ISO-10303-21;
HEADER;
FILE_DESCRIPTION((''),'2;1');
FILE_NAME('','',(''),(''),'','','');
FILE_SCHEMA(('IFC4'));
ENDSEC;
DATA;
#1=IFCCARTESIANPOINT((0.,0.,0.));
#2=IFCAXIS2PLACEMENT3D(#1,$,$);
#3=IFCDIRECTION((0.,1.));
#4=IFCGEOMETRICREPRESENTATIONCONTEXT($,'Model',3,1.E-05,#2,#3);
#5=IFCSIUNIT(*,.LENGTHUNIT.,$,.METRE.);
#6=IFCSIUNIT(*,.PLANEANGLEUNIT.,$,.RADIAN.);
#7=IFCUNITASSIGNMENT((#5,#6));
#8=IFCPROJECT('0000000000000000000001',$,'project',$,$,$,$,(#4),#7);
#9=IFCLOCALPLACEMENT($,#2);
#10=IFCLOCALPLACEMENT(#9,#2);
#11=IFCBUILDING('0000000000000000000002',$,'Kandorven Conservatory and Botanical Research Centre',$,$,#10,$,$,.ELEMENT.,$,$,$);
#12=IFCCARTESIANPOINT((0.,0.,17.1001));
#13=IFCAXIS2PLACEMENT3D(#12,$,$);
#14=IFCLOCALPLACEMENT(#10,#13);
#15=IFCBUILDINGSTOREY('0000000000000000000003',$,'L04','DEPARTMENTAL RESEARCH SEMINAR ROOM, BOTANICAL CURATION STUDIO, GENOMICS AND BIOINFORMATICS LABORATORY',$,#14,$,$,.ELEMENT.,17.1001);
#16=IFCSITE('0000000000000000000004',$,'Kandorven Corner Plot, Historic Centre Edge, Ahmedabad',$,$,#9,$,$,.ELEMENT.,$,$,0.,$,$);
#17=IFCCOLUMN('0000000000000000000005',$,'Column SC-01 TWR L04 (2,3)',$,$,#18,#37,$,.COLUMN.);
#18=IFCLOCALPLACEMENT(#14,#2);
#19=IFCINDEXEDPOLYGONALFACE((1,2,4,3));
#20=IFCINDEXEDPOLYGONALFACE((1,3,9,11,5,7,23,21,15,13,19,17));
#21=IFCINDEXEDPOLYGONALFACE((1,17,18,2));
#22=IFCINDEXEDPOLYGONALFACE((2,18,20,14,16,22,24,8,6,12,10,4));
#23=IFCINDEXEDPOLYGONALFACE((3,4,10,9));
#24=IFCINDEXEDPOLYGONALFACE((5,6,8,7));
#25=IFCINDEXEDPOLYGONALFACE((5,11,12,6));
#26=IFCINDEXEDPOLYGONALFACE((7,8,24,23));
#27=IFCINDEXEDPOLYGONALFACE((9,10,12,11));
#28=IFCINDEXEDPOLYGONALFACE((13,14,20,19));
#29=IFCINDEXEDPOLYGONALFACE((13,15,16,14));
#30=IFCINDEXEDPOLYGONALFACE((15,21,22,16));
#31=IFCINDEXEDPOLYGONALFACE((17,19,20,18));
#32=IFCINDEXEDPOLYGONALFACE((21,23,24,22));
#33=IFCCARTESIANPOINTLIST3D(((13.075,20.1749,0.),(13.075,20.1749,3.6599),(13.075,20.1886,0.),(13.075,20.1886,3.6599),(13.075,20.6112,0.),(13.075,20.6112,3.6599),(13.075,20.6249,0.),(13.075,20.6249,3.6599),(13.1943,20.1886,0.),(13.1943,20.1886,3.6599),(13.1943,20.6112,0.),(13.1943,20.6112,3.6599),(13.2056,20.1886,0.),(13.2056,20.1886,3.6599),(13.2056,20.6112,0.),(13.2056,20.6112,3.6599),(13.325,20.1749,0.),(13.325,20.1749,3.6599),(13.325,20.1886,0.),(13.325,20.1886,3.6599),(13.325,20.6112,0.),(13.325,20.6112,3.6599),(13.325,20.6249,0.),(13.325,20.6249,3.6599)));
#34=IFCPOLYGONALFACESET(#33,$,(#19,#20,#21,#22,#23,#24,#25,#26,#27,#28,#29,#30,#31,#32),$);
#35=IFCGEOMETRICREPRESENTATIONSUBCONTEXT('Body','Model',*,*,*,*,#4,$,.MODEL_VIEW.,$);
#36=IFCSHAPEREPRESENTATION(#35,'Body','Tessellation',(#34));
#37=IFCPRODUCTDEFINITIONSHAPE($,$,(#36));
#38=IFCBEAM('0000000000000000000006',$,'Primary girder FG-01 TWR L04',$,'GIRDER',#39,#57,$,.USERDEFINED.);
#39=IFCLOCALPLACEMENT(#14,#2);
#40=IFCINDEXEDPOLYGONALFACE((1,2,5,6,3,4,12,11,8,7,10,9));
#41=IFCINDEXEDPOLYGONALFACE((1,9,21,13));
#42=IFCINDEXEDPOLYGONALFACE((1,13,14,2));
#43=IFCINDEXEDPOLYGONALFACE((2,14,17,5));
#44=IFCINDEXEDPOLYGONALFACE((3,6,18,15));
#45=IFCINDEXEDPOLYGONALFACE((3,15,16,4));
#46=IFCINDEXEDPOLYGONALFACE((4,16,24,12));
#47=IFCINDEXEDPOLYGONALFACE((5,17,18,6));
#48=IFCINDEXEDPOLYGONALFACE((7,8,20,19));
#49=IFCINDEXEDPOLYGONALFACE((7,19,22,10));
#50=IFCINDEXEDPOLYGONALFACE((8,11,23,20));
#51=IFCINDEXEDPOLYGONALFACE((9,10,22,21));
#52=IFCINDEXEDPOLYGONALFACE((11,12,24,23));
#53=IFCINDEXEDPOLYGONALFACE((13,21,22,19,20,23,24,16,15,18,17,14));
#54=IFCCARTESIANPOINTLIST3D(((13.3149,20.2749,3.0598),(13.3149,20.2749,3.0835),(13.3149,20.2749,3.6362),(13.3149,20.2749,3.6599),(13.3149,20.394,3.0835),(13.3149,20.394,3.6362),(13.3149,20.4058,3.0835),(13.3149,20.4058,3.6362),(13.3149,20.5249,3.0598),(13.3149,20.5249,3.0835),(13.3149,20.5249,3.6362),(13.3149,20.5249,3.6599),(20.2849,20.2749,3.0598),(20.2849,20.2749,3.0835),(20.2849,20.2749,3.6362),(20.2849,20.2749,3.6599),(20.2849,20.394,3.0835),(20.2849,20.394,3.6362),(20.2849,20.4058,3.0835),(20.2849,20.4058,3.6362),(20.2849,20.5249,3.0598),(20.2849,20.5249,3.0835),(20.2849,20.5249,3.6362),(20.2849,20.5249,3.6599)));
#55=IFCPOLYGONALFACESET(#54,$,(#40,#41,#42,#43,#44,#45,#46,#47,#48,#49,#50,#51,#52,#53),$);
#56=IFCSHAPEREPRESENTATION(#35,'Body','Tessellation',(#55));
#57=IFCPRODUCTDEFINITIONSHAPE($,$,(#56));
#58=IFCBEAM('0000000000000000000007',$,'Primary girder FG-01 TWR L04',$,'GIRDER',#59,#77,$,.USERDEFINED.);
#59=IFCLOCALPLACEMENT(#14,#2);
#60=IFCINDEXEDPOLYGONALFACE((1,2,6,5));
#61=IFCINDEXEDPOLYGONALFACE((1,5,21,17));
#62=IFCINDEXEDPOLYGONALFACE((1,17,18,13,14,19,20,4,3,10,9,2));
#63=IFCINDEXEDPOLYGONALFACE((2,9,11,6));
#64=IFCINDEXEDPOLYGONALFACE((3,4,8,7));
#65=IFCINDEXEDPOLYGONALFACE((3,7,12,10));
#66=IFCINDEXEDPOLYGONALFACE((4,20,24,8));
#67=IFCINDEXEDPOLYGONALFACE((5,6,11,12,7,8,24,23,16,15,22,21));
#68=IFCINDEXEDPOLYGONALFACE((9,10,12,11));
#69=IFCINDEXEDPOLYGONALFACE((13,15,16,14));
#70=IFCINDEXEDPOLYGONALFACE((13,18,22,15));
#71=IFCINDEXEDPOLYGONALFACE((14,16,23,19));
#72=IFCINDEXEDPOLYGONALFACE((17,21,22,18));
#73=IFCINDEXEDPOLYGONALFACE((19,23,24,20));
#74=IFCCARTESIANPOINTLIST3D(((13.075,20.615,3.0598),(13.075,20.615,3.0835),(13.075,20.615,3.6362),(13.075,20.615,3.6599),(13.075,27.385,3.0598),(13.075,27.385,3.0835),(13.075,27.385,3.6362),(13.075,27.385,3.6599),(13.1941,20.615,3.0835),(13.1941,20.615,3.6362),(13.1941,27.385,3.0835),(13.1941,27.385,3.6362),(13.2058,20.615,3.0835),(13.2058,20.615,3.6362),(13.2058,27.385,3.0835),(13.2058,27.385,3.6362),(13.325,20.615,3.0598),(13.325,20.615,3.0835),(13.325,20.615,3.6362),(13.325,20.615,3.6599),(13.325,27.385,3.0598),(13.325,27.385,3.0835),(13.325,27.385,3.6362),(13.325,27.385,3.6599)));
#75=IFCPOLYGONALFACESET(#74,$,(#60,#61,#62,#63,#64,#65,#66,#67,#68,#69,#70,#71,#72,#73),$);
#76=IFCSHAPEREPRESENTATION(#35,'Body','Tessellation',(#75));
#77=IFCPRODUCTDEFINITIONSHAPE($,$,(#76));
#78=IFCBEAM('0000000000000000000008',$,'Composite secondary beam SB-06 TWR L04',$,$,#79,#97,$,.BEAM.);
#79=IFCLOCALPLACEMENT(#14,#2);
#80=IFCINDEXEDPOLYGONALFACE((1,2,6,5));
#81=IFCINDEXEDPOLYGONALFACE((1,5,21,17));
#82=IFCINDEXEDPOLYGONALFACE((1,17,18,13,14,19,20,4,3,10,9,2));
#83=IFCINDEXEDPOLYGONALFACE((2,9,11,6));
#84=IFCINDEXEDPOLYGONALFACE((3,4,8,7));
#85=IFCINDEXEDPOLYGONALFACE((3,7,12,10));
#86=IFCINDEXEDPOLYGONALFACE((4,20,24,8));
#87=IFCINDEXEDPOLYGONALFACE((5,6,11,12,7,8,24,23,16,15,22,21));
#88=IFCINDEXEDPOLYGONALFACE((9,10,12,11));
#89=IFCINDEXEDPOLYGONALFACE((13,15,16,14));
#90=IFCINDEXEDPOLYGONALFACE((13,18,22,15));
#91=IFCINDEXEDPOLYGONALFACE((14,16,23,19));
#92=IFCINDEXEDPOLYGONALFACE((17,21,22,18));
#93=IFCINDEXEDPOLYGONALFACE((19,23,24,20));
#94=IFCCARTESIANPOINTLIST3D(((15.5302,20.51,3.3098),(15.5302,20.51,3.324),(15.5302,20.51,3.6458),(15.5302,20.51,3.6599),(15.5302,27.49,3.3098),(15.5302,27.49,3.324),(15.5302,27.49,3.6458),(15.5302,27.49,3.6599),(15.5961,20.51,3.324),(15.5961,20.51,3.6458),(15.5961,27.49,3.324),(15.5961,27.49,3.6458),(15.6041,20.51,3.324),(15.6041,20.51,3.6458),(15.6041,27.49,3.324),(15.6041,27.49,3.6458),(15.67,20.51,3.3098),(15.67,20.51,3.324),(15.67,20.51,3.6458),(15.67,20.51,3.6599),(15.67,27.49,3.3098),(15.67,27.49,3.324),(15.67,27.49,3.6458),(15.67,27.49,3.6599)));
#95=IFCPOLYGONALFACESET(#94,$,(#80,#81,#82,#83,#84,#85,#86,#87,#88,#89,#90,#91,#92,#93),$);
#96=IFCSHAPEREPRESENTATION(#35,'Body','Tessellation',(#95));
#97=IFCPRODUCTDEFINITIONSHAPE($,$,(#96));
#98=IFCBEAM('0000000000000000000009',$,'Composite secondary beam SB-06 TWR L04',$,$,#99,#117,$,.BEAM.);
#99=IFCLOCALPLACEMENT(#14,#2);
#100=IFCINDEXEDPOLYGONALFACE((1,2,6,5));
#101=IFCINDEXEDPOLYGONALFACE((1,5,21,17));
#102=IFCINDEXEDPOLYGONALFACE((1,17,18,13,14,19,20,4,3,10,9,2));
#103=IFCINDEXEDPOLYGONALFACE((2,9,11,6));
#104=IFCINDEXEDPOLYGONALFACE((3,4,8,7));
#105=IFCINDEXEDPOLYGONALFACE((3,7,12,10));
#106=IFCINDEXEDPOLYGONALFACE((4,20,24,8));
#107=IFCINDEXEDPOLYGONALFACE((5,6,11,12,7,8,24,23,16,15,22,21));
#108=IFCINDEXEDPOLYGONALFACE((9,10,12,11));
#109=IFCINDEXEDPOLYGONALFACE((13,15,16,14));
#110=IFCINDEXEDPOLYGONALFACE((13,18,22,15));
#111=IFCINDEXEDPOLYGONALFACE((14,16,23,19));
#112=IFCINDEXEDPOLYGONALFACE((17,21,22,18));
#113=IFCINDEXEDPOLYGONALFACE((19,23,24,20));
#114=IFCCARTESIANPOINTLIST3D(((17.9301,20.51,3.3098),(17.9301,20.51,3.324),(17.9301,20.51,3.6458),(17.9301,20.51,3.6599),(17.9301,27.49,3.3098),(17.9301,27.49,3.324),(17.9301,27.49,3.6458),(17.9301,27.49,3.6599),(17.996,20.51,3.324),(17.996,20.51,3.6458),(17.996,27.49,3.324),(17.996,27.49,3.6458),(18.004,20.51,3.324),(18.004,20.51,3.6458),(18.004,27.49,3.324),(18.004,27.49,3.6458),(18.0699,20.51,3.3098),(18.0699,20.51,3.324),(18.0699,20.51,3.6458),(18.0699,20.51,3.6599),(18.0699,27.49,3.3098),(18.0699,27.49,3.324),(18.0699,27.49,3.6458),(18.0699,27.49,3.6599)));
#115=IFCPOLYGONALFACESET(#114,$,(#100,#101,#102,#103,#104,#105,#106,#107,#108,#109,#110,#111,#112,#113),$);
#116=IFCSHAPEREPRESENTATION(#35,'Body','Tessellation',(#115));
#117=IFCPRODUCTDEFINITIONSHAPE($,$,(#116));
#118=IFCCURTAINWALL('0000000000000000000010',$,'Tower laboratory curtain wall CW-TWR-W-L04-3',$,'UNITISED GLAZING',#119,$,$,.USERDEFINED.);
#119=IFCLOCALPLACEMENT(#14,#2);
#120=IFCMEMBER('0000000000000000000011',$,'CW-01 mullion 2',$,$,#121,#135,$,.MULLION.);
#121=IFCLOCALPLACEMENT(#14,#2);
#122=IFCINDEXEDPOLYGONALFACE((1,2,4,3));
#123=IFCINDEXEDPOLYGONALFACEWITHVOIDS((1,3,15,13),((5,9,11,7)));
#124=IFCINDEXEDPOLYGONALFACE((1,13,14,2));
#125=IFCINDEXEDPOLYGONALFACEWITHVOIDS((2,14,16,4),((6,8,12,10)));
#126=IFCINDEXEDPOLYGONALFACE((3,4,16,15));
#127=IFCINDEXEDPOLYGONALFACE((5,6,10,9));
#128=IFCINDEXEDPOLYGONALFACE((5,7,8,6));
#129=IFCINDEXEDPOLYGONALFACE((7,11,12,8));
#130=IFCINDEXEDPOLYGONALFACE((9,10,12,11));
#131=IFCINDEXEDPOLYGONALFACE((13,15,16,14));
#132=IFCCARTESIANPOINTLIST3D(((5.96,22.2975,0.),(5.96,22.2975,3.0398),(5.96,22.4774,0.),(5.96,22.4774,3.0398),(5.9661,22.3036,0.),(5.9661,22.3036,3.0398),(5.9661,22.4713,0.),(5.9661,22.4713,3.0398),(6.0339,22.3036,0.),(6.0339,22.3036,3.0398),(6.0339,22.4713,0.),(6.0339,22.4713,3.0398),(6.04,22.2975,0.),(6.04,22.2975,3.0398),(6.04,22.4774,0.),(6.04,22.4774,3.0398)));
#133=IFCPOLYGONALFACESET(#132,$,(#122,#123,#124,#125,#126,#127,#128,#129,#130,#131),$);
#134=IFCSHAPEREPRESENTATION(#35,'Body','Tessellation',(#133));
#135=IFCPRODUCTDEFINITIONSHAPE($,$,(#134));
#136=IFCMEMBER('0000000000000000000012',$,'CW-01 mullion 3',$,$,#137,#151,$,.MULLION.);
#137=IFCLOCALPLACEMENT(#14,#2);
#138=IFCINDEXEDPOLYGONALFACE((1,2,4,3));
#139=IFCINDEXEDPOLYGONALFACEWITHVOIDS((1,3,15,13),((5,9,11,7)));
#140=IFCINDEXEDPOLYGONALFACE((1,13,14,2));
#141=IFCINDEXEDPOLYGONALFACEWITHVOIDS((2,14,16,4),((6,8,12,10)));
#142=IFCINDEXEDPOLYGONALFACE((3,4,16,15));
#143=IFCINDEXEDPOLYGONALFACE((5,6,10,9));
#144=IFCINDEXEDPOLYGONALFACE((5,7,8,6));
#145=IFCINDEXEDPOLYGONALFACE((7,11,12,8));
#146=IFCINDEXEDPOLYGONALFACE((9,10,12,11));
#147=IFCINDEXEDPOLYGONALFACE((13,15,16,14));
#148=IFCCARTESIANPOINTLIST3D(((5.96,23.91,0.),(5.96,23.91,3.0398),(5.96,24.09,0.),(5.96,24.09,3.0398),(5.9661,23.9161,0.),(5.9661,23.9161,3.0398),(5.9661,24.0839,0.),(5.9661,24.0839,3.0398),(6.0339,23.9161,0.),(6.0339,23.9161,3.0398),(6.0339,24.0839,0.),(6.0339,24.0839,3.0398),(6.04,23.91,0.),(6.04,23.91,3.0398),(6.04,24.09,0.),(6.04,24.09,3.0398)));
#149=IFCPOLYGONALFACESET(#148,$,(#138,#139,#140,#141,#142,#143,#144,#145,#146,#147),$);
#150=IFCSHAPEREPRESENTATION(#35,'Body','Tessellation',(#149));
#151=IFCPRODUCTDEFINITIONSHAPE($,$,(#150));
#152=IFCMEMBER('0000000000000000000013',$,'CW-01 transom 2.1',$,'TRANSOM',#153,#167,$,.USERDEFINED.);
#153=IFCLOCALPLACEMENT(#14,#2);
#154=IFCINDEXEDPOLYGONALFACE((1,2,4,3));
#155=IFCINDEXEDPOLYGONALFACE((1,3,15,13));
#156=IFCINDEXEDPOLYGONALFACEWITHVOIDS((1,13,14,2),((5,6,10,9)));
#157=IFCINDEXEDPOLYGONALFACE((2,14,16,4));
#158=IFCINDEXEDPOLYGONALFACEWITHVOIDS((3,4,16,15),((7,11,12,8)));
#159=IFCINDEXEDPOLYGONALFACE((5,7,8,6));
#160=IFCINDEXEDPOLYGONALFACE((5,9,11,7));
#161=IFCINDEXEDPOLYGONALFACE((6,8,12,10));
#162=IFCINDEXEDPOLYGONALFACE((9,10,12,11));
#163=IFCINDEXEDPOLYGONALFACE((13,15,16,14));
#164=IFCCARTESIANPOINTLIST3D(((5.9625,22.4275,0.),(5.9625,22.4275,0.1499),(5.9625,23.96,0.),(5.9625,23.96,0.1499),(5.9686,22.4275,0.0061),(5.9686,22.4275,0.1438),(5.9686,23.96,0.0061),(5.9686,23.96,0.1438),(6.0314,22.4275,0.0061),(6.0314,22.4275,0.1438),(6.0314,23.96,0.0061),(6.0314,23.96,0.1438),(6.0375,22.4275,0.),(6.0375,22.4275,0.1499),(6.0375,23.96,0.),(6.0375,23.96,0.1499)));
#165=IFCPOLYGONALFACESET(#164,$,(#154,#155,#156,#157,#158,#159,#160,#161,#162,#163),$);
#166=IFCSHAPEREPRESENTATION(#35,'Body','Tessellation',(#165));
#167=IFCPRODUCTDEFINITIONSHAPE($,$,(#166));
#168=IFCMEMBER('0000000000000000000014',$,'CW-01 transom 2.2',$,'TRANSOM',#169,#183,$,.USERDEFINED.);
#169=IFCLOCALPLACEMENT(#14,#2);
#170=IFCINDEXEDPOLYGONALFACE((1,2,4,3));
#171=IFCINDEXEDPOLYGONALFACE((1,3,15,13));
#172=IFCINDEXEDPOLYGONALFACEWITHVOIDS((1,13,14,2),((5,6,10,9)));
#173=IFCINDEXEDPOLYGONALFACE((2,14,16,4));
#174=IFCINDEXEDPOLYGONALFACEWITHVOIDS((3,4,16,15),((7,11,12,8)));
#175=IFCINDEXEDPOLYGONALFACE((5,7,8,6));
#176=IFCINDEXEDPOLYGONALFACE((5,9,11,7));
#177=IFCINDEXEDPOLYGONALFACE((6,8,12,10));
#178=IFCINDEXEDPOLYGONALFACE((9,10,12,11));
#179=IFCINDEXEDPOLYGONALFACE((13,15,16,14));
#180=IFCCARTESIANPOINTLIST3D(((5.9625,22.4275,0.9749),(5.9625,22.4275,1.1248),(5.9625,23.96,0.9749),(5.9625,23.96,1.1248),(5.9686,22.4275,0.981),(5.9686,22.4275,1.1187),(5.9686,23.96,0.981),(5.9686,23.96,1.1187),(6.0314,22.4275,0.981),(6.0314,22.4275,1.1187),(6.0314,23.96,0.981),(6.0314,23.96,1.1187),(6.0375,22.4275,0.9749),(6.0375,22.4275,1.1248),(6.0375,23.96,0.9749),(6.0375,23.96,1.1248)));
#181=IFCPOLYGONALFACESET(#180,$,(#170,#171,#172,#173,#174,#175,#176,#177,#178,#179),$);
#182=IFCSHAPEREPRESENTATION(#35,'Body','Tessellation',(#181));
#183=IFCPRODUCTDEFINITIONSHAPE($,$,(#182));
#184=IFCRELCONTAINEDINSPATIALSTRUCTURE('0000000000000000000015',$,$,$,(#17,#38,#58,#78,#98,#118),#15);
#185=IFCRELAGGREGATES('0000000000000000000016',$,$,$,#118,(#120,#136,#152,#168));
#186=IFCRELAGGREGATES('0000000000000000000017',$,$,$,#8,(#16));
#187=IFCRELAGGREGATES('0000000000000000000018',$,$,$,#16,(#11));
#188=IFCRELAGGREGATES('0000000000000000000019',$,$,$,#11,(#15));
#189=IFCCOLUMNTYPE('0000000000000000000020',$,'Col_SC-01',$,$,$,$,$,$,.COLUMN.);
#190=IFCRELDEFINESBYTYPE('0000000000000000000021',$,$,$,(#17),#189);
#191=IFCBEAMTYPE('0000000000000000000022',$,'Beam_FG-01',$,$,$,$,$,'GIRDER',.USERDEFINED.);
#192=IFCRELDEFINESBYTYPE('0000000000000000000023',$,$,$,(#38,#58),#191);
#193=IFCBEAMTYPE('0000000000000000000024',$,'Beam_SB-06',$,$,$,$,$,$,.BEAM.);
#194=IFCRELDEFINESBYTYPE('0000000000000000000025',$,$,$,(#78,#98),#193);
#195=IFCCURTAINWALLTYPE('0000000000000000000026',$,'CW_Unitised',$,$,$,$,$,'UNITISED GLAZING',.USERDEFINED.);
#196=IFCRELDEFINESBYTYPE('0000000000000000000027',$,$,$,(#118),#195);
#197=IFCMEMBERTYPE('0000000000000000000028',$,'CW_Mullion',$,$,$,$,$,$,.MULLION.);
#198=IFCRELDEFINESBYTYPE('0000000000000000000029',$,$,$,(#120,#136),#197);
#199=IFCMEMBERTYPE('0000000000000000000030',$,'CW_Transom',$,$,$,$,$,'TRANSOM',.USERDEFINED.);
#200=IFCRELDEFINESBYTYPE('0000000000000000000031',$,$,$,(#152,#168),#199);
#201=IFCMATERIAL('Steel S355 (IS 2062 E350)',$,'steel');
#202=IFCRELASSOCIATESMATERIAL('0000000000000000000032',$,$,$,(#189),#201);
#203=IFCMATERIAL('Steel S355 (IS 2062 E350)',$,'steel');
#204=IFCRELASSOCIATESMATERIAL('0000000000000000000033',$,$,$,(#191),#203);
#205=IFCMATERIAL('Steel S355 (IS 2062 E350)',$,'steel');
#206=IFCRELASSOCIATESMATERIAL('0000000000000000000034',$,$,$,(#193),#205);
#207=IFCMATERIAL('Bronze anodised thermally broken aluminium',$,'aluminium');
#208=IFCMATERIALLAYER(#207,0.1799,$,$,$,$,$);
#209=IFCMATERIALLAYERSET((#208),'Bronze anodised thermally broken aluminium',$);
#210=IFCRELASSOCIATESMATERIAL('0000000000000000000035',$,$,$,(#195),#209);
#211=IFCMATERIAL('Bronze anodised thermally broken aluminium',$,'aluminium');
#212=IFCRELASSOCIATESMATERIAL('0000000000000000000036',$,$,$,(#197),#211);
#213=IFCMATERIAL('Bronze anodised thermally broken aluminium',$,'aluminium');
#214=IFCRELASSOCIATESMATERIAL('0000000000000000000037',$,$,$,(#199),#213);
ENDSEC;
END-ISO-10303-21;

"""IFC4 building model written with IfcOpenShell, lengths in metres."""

from ifc_helpers import new_model, si_unit, direction, frame, origin, origin_2d, place, context, subcontext, project, spatial, hollow_rectangle, i_section, extrude, material, layer, layer_set, material_profile, profile_set, type_object, element, aggregate, save


model = new_model("IFC4")

# Units and contexts
model_context = context("Model", 3, precision=1e-05, world=origin(), true_north=direction((0.0, 1.0)))
body_context = subcontext(model_context, "Body", "Model", "MODEL_VIEW")
ifc_project = project(units=[si_unit("LENGTHUNIT", "METRE"), si_unit("PLANEANGLEUNIT", "RADIAN")], contexts=[model_context])

# Site, building, storey
site_placement = place(None, origin())
site = spatial("IfcSite", under=ifc_project, at=site_placement, Name="Kandorven Corner Plot, Historic Centre Edge, Ahmedabad", CompositionType="ELEMENT", RefElevation=0.0)
building_placement = place(site_placement, origin())
building = spatial("IfcBuilding", under=site, at=building_placement, Name="Kandorven Conservatory and Botanical Research Centre", CompositionType="ELEMENT")
storey_placement = place(building_placement, frame((0.0, 0.0, 17.1001)))
storey = spatial("IfcBuildingStorey", under=building, at=storey_placement, Name="L04", Description="DEPARTMENTAL RESEARCH SEMINAR ROOM, BOTANICAL CURATION STUDIO, GENOMICS AND BIOINFORMATICS LABORATORY", CompositionType="ELEMENT", Elevation=17.1001)

# Column
ifc_material_1 = material(Name="Steel S355 (IS 2062 E350)", Category="steel")
ifc_material_profile_1 = material_profile(ifc_material_1, i_section(OverallWidth=0.25, OverallDepth=0.45, WebThickness=0.0112, FlangeThickness=0.0137, at=origin_2d()))
ifc_profile_set_1 = profile_set([ifc_material_profile_1], Name="Steel S355 (IS 2062 E350)")
column_type = type_object("IfcColumnType", Name="Col_SC-01", PredefinedType="COLUMN", material=ifc_profile_set_1)
column_placement = place(storey_placement, frame((13.2, 20.3999, 0.0), z_axis=(0.0, 0.0, 1.0), x_axis=(1.0, 0.0, 0.0)))
element("IfcColumn", 1, at=column_placement, inside=storey, type_object=column_type, Name="Column SC-01 TWR L04 (2,3)", PredefinedType="COLUMN", context=body_context, shape_type="SweptSolid", body=[
    extrude(i_section(OverallWidth=0.25, OverallDepth=0.45, WebThickness=0.0112, FlangeThickness=0.0137, at=origin_2d()), origin(), (0.0, 0.0, 1.0), 3.6599),
])

# Beams
ifc_material_2 = material(Name="Steel S355 (IS 2062 E350)", Category="steel")
ifc_material_profile_2 = material_profile(ifc_material_2, i_section(OverallWidth=0.25, OverallDepth=0.6001, WebThickness=0.0117, FlangeThickness=0.0237, at=origin_2d()))
ifc_profile_set_2 = profile_set([ifc_material_profile_2], Name="Steel S355 (IS 2062 E350)")
beam_type_1 = type_object("IfcBeamType", Name="Beam_FG-01", ElementType="GIRDER", PredefinedType="USERDEFINED", material=ifc_profile_set_2)
beam_1_placement = place(storey_placement, frame((13.3149, 20.3999, 3.3599), z_axis=(1.0, 0.0, 0.0), x_axis=(0.0, 1.0, 0.0)))
element("IfcBeam", 2, at=beam_1_placement, inside=storey, type_object=beam_type_1, Name="Primary girder FG-01 TWR L04", ObjectType="GIRDER", PredefinedType="USERDEFINED", context=body_context, shape_type="SweptSolid", body=[
    extrude(i_section(OverallWidth=0.25, OverallDepth=0.6001, WebThickness=0.0117, FlangeThickness=0.0237, at=origin_2d()), origin(), (0.0, 0.0, 1.0), 6.97),
])
beam_2_placement = place(storey_placement, frame((13.2, 20.615, 3.3599), z_axis=(0.0, 1.0, 0.0), x_axis=(-1.0, 0.0, 0.0)))
element("IfcBeam", 3, at=beam_2_placement, inside=storey, type_object=beam_type_1, Name="Primary girder FG-01 TWR L04", ObjectType="GIRDER", PredefinedType="USERDEFINED", context=body_context, shape_type="SweptSolid", body=[
    extrude(i_section(OverallWidth=0.25, OverallDepth=0.6001, WebThickness=0.0117, FlangeThickness=0.0237, at=origin_2d()), origin(), (0.0, 0.0, 1.0), 6.77),
])
ifc_material_3 = material(Name="Steel S355 (IS 2062 E350)", Category="steel")
ifc_material_profile_3 = material_profile(ifc_material_3, i_section(OverallWidth=0.1399, OverallDepth=0.3501, WebThickness=0.0081, FlangeThickness=0.0142, at=origin_2d()))
ifc_profile_set_3 = profile_set([ifc_material_profile_3], Name="Steel S355 (IS 2062 E350)")
beam_type_2 = type_object("IfcBeamType", Name="Beam_SB-06", PredefinedType="BEAM", material=ifc_profile_set_3)
for number, where, z_axis, x_axis, name in (
    (4, (15.6001, 20.51, 3.4849), (0.0, 1.0, 0.0), (-1.0, 0.0, 0.0), "Composite secondary beam SB-06 TWR L04"),
    (5, (18.0, 20.51, 3.4849), (0.0, 1.0, 0.0), (-1.0, 0.0, 0.0), "Composite secondary beam SB-06 TWR L04"),
):
    element("IfcBeam", number, at=place(storey_placement, frame(where, z_axis=z_axis, x_axis=x_axis)), inside=storey, type_object=beam_type_2, Name=name, PredefinedType="BEAM", context=body_context, shape_type="SweptSolid", body=[
        extrude(i_section(OverallWidth=0.1399, OverallDepth=0.3501, WebThickness=0.0081, FlangeThickness=0.0142, at=origin_2d()), origin(), (0.0, 0.0, 1.0), 6.98),
    ])

# Curtain wall, members
ifc_material_4 = material(Name="Bronze anodised thermally broken aluminium", Category="aluminium")
ifc_layer_1 = layer(ifc_material_4, 0.1799)
ifc_layer_set_1 = layer_set([ifc_layer_1], Name="Bronze anodised thermally broken aluminium")
curtain_wall_type = type_object("IfcCurtainWallType", Name="CW_Unitised", ElementType="UNITISED GLAZING", PredefinedType="USERDEFINED", material=ifc_layer_set_1)
curtain_wall_placement = place(storey_placement, origin())
curtain_wall = element("IfcCurtainWall", 6, at=curtain_wall_placement, inside=storey, type_object=curtain_wall_type, Name="Tower laboratory curtain wall CW-TWR-W-L04-3", ObjectType="UNITISED GLAZING", PredefinedType="USERDEFINED")
ifc_material_5 = material(Name="Bronze anodised thermally broken aluminium", Category="aluminium")
ifc_material_profile_4 = material_profile(ifc_material_5, hollow_rectangle(XDim=0.0801, YDim=0.1799, WallThickness=0.0061, at=origin_2d()))
ifc_profile_set_4 = profile_set([ifc_material_profile_4], Name="Bronze anodised thermally broken aluminium")
member_type_1 = type_object("IfcMemberType", Name="CW_Mullion", PredefinedType="MULLION", material=ifc_profile_set_4)
member_1_placement = place(storey_placement, frame((6.0, 22.3875, 0.0), z_axis=(0.0, 0.0, 1.0), x_axis=(-1.0, 0.0, 0.0)))
member_1 = element("IfcMember", 7, at=member_1_placement, type_object=member_type_1, Name="CW-01 mullion 2", PredefinedType="MULLION", context=body_context, shape_type="SweptSolid", body=[
    extrude(hollow_rectangle(XDim=0.0801, YDim=0.1799, WallThickness=0.0061, at=origin_2d()), origin(), (0.0, 0.0, 1.0), 3.0398),
])
member_2_placement = place(storey_placement, frame((6.0, 24.0, 0.0), z_axis=(0.0, 0.0, 1.0), x_axis=(-1.0, 0.0, 0.0)))
member_2 = element("IfcMember", 8, at=member_2_placement, type_object=member_type_1, Name="CW-01 mullion 3", PredefinedType="MULLION", context=body_context, shape_type="SweptSolid", body=[
    extrude(hollow_rectangle(XDim=0.0801, YDim=0.1799, WallThickness=0.0061, at=origin_2d()), origin(), (0.0, 0.0, 1.0), 3.0398),
])
ifc_material_6 = material(Name="Bronze anodised thermally broken aluminium", Category="aluminium")
ifc_material_profile_5 = material_profile(ifc_material_6, hollow_rectangle(XDim=0.075, YDim=0.1499, WallThickness=0.0061, at=origin_2d()))
ifc_profile_set_5 = profile_set([ifc_material_profile_5], Name="Bronze anodised thermally broken aluminium")
member_type_2 = type_object("IfcMemberType", Name="CW_Transom", ElementType="TRANSOM", PredefinedType="USERDEFINED", material=ifc_profile_set_5)
member_3_placement = place(storey_placement, frame((6.0, 22.4275, 0.075), z_axis=(0.0, 1.0, 0.0), x_axis=(-1.0, 0.0, 0.0)))
member_3 = element("IfcMember", 9, at=member_3_placement, type_object=member_type_2, Name="CW-01 transom 2.1", ObjectType="TRANSOM", PredefinedType="USERDEFINED", context=body_context, shape_type="SweptSolid", body=[
    extrude(hollow_rectangle(XDim=0.075, YDim=0.1499, WallThickness=0.0061, at=origin_2d()), origin(), (0.0, 0.0, 1.0), 1.5325),
])
member_4_placement = place(storey_placement, frame((6.0, 22.4275, 1.0498), z_axis=(0.0, 1.0, 0.0), x_axis=(-1.0, 0.0, 0.0)))
member_4 = element("IfcMember", 10, at=member_4_placement, type_object=member_type_2, Name="CW-01 transom 2.2", ObjectType="TRANSOM", PredefinedType="USERDEFINED", context=body_context, shape_type="SweptSolid", body=[
    extrude(hollow_rectangle(XDim=0.075, YDim=0.1499, WallThickness=0.0061, at=origin_2d()), origin(), (0.0, 0.0, 1.0), 1.5325),
])
aggregate(curtain_wall, [member_1, member_2, member_3, member_4])

save(model, "model.ifc")
